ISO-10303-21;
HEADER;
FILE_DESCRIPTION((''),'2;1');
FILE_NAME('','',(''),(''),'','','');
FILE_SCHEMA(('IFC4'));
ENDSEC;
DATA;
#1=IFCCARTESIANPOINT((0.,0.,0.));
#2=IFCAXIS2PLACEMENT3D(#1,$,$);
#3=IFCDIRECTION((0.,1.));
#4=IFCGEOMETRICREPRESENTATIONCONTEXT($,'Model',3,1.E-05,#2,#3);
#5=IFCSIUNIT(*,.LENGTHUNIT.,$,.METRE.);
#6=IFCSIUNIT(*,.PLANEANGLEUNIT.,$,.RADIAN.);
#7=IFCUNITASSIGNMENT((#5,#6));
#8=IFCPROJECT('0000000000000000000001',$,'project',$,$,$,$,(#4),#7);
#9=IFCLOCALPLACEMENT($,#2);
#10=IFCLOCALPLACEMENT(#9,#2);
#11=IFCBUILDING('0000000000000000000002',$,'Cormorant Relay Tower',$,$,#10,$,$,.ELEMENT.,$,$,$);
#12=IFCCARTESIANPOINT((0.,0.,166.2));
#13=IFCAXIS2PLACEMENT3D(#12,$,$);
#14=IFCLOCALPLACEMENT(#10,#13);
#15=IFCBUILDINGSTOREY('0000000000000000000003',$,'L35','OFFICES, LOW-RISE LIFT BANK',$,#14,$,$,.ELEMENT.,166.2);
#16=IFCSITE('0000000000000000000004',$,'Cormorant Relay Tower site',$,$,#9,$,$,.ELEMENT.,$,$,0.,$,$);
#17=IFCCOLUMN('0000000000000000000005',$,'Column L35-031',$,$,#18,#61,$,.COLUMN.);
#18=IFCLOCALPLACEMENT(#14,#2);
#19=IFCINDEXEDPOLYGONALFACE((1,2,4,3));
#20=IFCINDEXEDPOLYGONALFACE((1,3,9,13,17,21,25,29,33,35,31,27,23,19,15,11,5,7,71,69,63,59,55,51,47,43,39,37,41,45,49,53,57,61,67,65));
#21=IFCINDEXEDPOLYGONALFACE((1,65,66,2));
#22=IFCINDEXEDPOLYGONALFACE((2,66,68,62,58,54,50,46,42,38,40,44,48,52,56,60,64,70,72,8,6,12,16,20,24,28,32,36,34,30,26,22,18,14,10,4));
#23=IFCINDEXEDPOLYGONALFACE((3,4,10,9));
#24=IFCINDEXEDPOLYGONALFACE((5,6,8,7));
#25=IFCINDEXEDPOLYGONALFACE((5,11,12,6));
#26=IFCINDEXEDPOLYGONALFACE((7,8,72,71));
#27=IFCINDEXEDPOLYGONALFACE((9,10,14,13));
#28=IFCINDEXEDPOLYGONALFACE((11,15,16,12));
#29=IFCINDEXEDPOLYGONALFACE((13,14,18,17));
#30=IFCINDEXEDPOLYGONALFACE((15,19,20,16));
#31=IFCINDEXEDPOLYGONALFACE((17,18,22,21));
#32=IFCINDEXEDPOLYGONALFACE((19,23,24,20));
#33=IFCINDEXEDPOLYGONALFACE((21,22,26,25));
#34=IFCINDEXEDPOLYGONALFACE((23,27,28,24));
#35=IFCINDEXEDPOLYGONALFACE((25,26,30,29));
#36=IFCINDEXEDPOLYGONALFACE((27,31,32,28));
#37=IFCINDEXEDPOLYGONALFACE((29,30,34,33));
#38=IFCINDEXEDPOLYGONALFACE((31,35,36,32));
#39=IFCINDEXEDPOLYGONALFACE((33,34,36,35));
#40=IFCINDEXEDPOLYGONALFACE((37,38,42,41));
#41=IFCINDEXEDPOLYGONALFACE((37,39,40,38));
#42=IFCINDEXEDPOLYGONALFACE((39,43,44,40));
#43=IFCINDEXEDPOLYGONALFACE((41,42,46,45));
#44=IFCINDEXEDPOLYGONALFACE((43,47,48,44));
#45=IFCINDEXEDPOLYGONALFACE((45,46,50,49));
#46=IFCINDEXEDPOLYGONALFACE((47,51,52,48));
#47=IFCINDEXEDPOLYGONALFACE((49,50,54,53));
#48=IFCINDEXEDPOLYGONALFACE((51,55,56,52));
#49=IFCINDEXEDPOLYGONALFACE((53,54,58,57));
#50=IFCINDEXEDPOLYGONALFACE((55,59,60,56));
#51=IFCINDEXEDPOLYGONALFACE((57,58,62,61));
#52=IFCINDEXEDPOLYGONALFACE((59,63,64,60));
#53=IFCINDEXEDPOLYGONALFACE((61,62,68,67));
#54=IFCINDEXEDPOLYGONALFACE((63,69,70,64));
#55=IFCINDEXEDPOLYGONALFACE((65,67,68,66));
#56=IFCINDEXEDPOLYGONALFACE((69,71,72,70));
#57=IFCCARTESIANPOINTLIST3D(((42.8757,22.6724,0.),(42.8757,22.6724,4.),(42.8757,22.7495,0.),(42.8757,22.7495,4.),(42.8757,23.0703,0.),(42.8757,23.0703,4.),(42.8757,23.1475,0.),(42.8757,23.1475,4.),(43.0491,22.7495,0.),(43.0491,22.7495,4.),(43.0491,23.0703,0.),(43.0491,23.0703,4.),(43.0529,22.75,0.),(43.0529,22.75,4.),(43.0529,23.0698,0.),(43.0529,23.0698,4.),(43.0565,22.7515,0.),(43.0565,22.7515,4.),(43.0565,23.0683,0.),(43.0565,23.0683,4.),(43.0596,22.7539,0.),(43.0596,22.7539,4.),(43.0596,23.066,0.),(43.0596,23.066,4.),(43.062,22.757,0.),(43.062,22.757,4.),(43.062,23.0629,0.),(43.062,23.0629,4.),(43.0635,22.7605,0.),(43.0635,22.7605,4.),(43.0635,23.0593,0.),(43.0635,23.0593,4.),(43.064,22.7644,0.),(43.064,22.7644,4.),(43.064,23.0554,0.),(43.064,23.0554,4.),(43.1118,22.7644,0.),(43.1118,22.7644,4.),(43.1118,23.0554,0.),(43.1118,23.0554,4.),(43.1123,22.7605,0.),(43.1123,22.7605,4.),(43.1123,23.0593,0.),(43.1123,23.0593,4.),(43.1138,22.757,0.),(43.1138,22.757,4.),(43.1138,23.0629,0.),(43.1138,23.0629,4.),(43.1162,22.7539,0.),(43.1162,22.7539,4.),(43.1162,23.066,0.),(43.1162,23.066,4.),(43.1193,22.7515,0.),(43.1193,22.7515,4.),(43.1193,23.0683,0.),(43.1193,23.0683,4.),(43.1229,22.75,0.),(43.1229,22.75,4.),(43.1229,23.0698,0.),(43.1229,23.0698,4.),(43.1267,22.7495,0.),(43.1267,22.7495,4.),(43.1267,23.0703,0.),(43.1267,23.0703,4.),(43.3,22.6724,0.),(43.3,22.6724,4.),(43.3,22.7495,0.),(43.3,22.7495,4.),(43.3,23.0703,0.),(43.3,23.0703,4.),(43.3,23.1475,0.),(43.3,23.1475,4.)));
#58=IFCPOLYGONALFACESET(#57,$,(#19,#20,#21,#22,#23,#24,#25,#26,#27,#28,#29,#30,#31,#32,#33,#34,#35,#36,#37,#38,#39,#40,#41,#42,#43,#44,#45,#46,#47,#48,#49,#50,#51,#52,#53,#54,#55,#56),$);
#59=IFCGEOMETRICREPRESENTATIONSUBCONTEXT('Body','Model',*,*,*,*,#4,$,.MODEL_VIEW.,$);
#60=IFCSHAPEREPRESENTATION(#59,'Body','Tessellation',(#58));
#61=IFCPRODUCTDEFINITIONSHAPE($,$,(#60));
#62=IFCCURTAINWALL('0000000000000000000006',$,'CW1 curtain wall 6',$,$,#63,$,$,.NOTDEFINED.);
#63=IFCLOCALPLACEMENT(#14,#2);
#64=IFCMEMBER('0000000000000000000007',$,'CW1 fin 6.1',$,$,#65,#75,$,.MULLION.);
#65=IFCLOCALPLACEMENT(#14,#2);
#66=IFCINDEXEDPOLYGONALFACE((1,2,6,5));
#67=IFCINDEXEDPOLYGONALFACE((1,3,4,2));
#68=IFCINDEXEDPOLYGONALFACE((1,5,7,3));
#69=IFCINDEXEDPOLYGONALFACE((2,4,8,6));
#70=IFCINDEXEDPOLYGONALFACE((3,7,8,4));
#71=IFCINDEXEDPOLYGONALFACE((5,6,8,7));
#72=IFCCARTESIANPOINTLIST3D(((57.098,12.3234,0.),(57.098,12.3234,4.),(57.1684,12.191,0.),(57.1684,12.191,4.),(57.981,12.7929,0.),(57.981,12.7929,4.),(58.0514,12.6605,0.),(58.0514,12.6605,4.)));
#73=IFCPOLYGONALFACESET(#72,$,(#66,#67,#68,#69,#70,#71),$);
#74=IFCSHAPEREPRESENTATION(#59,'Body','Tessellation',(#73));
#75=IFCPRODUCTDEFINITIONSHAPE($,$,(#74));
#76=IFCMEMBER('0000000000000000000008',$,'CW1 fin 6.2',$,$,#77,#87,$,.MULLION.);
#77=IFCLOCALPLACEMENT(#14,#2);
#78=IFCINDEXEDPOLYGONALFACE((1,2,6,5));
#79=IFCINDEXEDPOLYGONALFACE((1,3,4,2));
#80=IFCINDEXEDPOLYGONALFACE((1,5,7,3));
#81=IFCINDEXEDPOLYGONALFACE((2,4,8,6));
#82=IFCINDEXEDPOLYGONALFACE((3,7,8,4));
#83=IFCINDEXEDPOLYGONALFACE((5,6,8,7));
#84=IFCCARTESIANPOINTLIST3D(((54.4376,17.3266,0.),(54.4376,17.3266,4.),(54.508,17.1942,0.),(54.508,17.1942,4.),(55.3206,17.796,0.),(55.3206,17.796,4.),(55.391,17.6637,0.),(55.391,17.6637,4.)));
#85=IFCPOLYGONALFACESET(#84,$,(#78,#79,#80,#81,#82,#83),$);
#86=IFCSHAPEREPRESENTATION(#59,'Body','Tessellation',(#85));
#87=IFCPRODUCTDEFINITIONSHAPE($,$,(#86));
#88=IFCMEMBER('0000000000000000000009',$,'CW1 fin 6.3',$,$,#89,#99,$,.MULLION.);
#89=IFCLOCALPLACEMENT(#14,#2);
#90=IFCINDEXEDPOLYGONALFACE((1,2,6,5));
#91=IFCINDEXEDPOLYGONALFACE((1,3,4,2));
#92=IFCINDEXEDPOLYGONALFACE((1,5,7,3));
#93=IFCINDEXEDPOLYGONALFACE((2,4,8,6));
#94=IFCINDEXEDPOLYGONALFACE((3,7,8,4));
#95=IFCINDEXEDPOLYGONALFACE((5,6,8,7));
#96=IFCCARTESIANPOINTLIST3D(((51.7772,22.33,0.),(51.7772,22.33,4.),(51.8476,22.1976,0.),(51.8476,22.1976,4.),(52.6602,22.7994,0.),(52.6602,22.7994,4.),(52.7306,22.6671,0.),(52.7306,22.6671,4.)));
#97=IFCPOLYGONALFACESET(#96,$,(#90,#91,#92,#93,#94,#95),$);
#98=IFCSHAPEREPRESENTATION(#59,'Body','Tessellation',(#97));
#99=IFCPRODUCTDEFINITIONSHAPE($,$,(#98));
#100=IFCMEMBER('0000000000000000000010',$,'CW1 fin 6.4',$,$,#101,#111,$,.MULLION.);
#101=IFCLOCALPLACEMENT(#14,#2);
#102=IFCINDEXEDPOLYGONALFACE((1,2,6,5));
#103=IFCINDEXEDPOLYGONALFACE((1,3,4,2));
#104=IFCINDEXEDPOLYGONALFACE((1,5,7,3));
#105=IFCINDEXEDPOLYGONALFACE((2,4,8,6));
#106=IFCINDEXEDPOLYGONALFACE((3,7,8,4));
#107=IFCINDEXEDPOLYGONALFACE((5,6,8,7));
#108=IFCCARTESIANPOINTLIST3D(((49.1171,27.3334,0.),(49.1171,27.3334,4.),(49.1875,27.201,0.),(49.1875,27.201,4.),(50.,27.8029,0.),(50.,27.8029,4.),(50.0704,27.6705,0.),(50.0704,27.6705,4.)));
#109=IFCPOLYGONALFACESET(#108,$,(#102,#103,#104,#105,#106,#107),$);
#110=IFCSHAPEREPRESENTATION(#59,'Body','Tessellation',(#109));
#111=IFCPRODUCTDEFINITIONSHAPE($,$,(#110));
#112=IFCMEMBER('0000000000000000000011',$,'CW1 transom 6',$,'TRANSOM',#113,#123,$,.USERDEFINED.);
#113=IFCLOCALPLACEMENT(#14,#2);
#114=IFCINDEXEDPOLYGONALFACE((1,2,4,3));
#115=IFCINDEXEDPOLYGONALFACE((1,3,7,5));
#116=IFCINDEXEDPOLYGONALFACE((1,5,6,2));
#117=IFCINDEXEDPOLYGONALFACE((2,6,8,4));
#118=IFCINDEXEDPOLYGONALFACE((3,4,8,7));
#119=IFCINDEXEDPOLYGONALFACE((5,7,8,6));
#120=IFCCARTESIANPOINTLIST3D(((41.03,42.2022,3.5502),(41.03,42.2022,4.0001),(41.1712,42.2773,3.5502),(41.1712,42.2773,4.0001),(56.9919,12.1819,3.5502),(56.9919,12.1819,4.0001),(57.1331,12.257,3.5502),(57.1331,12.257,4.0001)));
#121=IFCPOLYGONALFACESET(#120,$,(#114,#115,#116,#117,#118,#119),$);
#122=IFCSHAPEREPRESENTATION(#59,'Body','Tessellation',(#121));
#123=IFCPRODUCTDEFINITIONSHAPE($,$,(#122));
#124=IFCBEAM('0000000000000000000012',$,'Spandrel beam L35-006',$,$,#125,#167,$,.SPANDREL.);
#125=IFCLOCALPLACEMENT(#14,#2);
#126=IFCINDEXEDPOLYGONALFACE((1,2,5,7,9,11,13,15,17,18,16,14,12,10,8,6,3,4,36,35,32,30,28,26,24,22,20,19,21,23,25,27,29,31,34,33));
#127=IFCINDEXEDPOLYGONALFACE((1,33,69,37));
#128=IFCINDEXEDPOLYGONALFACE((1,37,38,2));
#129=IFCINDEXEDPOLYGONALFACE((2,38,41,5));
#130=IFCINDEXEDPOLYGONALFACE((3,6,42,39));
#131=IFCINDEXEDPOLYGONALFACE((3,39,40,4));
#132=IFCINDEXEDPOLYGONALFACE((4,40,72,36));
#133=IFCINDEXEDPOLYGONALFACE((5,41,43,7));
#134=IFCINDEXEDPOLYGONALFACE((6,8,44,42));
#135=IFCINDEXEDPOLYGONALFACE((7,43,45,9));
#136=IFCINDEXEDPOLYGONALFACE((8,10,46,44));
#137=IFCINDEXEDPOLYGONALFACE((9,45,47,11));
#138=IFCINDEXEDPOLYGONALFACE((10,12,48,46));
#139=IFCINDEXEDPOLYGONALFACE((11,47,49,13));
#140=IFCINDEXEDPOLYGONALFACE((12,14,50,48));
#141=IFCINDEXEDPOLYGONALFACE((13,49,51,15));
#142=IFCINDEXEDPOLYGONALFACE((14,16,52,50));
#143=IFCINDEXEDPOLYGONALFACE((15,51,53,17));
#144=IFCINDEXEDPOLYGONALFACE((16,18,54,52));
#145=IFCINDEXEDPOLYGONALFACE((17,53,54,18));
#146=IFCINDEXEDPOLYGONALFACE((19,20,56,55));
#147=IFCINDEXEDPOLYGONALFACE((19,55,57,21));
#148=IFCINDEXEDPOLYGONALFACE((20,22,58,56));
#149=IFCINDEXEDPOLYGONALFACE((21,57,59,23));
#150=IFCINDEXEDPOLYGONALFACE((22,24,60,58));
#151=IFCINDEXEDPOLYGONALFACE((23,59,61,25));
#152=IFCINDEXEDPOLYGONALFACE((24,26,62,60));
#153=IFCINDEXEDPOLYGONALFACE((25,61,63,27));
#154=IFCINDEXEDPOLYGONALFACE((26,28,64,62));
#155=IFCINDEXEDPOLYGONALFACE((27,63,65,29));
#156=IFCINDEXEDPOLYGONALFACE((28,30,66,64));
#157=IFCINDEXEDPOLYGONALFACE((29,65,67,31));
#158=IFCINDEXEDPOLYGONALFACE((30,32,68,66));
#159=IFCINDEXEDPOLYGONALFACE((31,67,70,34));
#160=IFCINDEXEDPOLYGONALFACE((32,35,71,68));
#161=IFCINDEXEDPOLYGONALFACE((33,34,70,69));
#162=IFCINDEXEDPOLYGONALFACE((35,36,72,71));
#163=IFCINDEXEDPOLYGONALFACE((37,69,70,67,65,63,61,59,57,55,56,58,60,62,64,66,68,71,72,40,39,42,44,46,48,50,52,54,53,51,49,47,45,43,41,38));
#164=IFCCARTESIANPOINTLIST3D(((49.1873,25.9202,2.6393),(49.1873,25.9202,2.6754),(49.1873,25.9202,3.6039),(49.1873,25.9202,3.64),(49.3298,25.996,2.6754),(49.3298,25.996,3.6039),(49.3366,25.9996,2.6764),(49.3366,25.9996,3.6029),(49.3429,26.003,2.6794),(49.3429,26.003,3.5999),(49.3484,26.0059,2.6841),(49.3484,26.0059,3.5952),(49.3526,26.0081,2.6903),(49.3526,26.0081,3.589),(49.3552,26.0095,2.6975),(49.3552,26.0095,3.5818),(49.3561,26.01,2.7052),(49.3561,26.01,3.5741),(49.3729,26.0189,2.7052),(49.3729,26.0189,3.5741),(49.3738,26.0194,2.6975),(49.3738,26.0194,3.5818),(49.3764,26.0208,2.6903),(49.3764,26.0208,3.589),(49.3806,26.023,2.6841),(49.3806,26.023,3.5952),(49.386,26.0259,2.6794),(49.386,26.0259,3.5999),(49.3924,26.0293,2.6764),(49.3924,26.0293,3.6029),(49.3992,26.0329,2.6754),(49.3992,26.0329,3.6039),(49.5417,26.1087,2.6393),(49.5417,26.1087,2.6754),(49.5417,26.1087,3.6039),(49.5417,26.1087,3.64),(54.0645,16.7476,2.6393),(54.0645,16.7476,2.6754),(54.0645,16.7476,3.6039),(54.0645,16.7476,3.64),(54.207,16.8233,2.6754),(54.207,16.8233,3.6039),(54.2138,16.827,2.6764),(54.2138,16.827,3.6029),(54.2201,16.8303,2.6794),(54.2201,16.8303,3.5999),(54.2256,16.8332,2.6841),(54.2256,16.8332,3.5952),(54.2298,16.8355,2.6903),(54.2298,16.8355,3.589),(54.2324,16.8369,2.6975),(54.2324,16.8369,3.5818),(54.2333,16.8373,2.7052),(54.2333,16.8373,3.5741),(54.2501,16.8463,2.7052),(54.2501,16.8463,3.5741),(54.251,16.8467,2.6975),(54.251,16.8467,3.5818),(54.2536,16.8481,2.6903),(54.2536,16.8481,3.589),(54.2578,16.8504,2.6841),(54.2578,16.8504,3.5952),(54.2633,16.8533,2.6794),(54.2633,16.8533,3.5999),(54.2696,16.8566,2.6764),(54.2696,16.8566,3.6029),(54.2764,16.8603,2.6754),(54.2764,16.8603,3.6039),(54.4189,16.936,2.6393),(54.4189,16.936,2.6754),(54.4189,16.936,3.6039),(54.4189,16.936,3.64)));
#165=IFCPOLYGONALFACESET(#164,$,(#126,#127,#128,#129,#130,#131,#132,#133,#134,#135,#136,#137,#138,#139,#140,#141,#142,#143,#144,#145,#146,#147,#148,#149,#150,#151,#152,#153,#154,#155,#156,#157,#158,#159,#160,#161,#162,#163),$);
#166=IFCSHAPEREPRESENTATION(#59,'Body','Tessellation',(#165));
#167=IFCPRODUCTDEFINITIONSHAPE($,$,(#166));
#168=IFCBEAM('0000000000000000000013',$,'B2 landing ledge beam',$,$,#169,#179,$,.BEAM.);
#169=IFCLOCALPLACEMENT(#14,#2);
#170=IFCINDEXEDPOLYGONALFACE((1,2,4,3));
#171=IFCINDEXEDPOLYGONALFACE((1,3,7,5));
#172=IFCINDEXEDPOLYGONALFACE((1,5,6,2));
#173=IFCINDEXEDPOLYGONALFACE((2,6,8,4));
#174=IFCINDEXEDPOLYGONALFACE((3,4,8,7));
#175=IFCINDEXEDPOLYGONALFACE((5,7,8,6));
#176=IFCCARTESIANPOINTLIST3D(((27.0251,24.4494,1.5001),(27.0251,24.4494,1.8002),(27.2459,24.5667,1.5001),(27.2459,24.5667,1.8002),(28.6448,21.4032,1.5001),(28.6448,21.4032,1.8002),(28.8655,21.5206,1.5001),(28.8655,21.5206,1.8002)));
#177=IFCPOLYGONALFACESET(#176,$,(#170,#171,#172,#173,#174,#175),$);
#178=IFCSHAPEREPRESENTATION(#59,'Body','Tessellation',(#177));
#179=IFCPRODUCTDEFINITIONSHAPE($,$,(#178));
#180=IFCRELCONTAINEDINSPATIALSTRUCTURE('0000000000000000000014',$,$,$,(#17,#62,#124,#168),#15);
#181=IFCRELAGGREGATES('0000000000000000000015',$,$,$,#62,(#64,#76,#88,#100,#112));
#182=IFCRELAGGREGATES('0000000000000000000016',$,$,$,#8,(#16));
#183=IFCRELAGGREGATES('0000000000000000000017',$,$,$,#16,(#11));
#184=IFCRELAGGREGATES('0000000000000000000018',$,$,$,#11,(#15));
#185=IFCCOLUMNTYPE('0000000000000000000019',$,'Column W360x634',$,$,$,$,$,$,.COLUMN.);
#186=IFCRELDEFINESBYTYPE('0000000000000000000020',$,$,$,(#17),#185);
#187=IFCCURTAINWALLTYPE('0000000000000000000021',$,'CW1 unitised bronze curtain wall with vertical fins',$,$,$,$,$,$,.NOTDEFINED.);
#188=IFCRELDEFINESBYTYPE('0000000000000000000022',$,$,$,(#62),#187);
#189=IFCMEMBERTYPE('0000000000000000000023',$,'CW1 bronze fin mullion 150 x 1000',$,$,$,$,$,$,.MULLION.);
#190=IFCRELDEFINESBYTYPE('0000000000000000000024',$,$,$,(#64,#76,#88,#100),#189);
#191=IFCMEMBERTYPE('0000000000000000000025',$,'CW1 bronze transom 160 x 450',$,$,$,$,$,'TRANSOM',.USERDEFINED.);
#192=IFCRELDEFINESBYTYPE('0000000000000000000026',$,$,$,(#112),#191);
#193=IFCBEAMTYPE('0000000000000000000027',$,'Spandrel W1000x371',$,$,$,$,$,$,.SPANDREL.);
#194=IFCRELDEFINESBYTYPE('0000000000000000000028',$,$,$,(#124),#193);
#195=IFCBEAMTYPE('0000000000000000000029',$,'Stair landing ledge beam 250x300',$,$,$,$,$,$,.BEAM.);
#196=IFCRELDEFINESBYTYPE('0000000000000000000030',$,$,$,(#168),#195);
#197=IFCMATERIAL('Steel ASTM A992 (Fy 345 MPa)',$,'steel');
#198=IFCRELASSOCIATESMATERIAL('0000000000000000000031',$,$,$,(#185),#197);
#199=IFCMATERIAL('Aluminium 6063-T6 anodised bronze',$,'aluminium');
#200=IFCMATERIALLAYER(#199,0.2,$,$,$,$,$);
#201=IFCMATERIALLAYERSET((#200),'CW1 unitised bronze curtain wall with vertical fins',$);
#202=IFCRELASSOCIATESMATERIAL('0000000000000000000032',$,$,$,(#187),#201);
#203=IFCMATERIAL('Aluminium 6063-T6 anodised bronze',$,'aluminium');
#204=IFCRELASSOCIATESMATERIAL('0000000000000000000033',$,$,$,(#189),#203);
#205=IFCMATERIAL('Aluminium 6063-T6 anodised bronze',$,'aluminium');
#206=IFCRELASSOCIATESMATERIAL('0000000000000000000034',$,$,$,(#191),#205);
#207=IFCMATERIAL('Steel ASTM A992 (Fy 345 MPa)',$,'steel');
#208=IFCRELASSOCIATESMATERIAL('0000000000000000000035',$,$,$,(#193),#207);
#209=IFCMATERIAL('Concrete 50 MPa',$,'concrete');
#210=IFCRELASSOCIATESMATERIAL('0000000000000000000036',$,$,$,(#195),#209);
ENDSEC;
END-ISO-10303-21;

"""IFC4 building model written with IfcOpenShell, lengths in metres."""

from ifc_helpers import new_model, si_unit, direction, frame, origin, origin_2d, place, context, subcontext, project, spatial, rectangle, i_section, extrude, material, layer, layer_set, material_profile, profile_set, type_object, element, aggregate, save


model = new_model("IFC4")

# Units and contexts
model_context = context("Model", 3, precision=1e-05, world=origin(), true_north=direction((0.0, 1.0)))
body_context = subcontext(model_context, "Body", "Model", "MODEL_VIEW")
ifc_project = project(units=[si_unit("LENGTHUNIT", "METRE"), si_unit("PLANEANGLEUNIT", "RADIAN")], contexts=[model_context])

# Site, building, storey
site_placement = place(None, origin())
site = spatial("IfcSite", under=ifc_project, at=site_placement, Name="Cormorant Relay Tower site", CompositionType="ELEMENT", RefElevation=0.0)
building_placement = place(site_placement, origin())
building = spatial("IfcBuilding", under=site, at=building_placement, Name="Cormorant Relay Tower", CompositionType="ELEMENT")
storey_placement = place(building_placement, frame((0.0, 0.0, 166.2)))
storey = spatial("IfcBuildingStorey", under=building, at=storey_placement, Name="L35", Description="OFFICES, LOW-RISE LIFT BANK", CompositionType="ELEMENT", Elevation=166.2)

# Column
ifc_material_1 = material(Name="Steel ASTM A992 (Fy 345 MPa)", Category="steel")
ifc_material_profile_1 = material_profile(ifc_material_1, i_section(OverallWidth=0.4243, OverallDepth=0.4751, WebThickness=0.0479, FlangeThickness=0.0771, FilletRadius=0.0149, at=origin_2d()), Name="W360x634")
ifc_profile_set_1 = profile_set([ifc_material_profile_1], Name="Steel ASTM A992 (Fy 345 MPa)")
column_type_1 = type_object("IfcColumnType", Name="Column W360x634", PredefinedType="COLUMN", material=ifc_profile_set_1)
for number, where, z_axis, x_axis, name in (
    (1, (43.0879, 22.9099, 0.0), (0.0, 0.0, 1.0), (1.0, 0.0, 0.0), "Column L35-031"),
):
    element("IfcColumn", number, at=place(storey_placement, frame(where, z_axis=z_axis, x_axis=x_axis)), inside=storey, type_object=column_type_1, Name=name, PredefinedType="COLUMN", context=body_context, shape_type="SweptSolid", body=[
        extrude(i_section(OverallWidth=0.4243, OverallDepth=0.4751, WebThickness=0.0479, FlangeThickness=0.0771, FilletRadius=0.0149, at=origin_2d()), origin(), (0.0, 0.0, 1.0), 4.0),
    ])

# Curtain wall, members
ifc_material_2 = material(Name="Aluminium 6063-T6 anodised bronze", Category="aluminium")
ifc_layer_1 = layer(ifc_material_2, 0.2)
ifc_layer_set_1 = layer_set([ifc_layer_1], Name="CW1 unitised bronze curtain wall with vertical fins")
curtain_wall_type = type_object("IfcCurtainWallType", Name="CW1 unitised bronze curtain wall with vertical fins", PredefinedType="NOTDEFINED", material=ifc_layer_set_1)
curtain_wall_1_placement = place(storey_placement, origin())
curtain_wall_1 = element("IfcCurtainWall", 2, at=curtain_wall_1_placement, inside=storey, type_object=curtain_wall_type, Name="CW1 curtain wall 6", PredefinedType="NOTDEFINED")
ifc_material_3 = material(Name="Aluminium 6063-T6 anodised bronze", Category="aluminium")
ifc_material_profile_2 = material_profile(ifc_material_3, rectangle(XDim=0.1499, YDim=1.0, at=origin_2d()), Name="AL 150x1000")
ifc_profile_set_2 = profile_set([ifc_material_profile_2], Name="Aluminium 6063-T6 anodised bronze")
member_type_1 = type_object("IfcMemberType", Name="CW1 bronze fin mullion 150 x 1000", PredefinedType="MULLION", material=ifc_profile_set_2)
member_1_placement = place(storey_placement, frame((57.5747, 12.4919, 0.0), z_axis=(0.0, 0.0, 1.0), x_axis=(-0.469472, 0.882948, 0.0)))
member_1 = element("IfcMember", 3, at=member_1_placement, type_object=member_type_1, Name="CW1 fin 6.1", PredefinedType="MULLION", context=body_context, shape_type="SweptSolid", body=[
    extrude(rectangle(XDim=0.1499, YDim=1.0, at=origin_2d()), origin(), (0.0, 0.0, 1.0), 4.0),
])
member_2_placement = place(storey_placement, frame((54.9143, 17.4951, 0.0), z_axis=(0.0, 0.0, 1.0), x_axis=(-0.469472, 0.882948, 0.0)))
member_2 = element("IfcMember", 4, at=member_2_placement, type_object=member_type_1, Name="CW1 fin 6.2", PredefinedType="MULLION", context=body_context, shape_type="SweptSolid", body=[
    extrude(rectangle(XDim=0.1499, YDim=1.0, at=origin_2d()), origin(), (0.0, 0.0, 1.0), 4.0),
])
member_3_placement = place(storey_placement, frame((52.2539, 22.4985, 0.0), z_axis=(0.0, 0.0, 1.0), x_axis=(-0.469472, 0.882948, 0.0)))
member_3 = element("IfcMember", 5, at=member_3_placement, type_object=member_type_1, Name="CW1 fin 6.3", PredefinedType="MULLION", context=body_context, shape_type="SweptSolid", body=[
    extrude(rectangle(XDim=0.1499, YDim=1.0, at=origin_2d()), origin(), (0.0, 0.0, 1.0), 4.0),
])
member_4_placement = place(storey_placement, frame((49.5938, 27.502, 0.0), z_axis=(0.0, 0.0, 1.0), x_axis=(-0.469472, 0.882948, 0.0)))
member_4 = element("IfcMember", 6, at=member_4_placement, type_object=member_type_1, Name="CW1 fin 6.4", PredefinedType="MULLION", context=body_context, shape_type="SweptSolid", body=[
    extrude(rectangle(XDim=0.1499, YDim=1.0, at=origin_2d()), origin(), (0.0, 0.0, 1.0), 4.0),
])
ifc_material_4 = material(Name="Aluminium 6063-T6 anodised bronze", Category="aluminium")
ifc_material_profile_3 = material_profile(ifc_material_4, rectangle(XDim=0.1599, YDim=0.45, at=origin_2d()), Name="AL 160x450")
ifc_profile_set_3 = profile_set([ifc_material_profile_3], Name="Aluminium 6063-T6 anodised bronze")
member_type_2 = type_object("IfcMemberType", Name="CW1 bronze transom 160 x 450", ElementType="TRANSOM", PredefinedType="USERDEFINED", material=ifc_profile_set_3)
member_5_placement = place(storey_placement, frame((57.0625, 12.2195, 3.7751), z_axis=(-0.469468, 0.882949, 0.0), x_axis=(-0.882949, -0.469468, 0.0)))
member_5 = element("IfcMember", 7, at=member_5_placement, type_object=member_type_2, Name="CW1 transom 6", ObjectType="TRANSOM", PredefinedType="USERDEFINED", context=body_context, shape_type="SweptSolid", body=[
    extrude(rectangle(XDim=0.1599, YDim=0.45, at=origin_2d()), origin(), (0.0, 0.0, 1.0), 34.0),
])

# Beams
ifc_material_5 = material(Name="Steel ASTM A992 (Fy 345 MPa)", Category="steel")
ifc_material_profile_4 = material_profile(ifc_material_5, i_section(OverallWidth=0.4014, OverallDepth=1.0007, WebThickness=0.019, FlangeThickness=0.0361, FilletRadius=0.0298, at=origin_2d()), Name="W1000x371")
ifc_profile_set_4 = profile_set([ifc_material_profile_4], Name="Steel ASTM A992 (Fy 345 MPa)")
beam_type_1 = type_object("IfcBeamType", Name="Spandrel W1000x371", PredefinedType="SPANDREL", material=ifc_profile_set_4)
beam_1_placement = place(storey_placement, frame((54.2417, 16.8418, 3.1396), z_axis=(-0.469474, 0.882946, 0.0), x_axis=(-0.882946, -0.469474, 0.0)))
element("IfcBeam", 8, at=beam_1_placement, inside=storey, type_object=beam_type_1, Name="Spandrel beam L35-006", PredefinedType="SPANDREL", context=body_context, shape_type="SweptSolid", body=[
    extrude(i_section(OverallWidth=0.4014, OverallDepth=1.0007, WebThickness=0.019, FlangeThickness=0.0361, FilletRadius=0.0298, at=origin_2d()), origin(), (0.0, 0.0, 1.0), 10.3887),
])
ifc_material_6 = material(Name="Concrete 50 MPa", Category="concrete")
ifc_material_profile_5 = material_profile(ifc_material_6, rectangle(XDim=0.25, YDim=0.3, at=origin_2d()), Name="RC 250x300")
ifc_profile_set_5 = profile_set([ifc_material_profile_5], Name="Concrete 50 MPa")
beam_type_2 = type_object("IfcBeamType", Name="Stair landing ledge beam 250x300", PredefinedType="BEAM", material=ifc_profile_set_5)
beam_2_placement = place(storey_placement, frame((28.7551, 21.4619, 1.6501), z_axis=(-0.469464, 0.882952, 0.0), x_axis=(-0.882952, -0.469464, 0.0)))
element("IfcBeam", 9, at=beam_2_placement, inside=storey, type_object=beam_type_2, Name="B2 landing ledge beam", PredefinedType="BEAM", context=body_context, shape_type="SweptSolid", body=[
    extrude(rectangle(XDim=0.25, YDim=0.3, at=origin_2d()), origin(), (0.0, 0.0, 1.0), 3.45),
])

aggregate(curtain_wall_1, [member_1, member_2, member_3, member_4, member_5])

save(model, "model.ifc")
